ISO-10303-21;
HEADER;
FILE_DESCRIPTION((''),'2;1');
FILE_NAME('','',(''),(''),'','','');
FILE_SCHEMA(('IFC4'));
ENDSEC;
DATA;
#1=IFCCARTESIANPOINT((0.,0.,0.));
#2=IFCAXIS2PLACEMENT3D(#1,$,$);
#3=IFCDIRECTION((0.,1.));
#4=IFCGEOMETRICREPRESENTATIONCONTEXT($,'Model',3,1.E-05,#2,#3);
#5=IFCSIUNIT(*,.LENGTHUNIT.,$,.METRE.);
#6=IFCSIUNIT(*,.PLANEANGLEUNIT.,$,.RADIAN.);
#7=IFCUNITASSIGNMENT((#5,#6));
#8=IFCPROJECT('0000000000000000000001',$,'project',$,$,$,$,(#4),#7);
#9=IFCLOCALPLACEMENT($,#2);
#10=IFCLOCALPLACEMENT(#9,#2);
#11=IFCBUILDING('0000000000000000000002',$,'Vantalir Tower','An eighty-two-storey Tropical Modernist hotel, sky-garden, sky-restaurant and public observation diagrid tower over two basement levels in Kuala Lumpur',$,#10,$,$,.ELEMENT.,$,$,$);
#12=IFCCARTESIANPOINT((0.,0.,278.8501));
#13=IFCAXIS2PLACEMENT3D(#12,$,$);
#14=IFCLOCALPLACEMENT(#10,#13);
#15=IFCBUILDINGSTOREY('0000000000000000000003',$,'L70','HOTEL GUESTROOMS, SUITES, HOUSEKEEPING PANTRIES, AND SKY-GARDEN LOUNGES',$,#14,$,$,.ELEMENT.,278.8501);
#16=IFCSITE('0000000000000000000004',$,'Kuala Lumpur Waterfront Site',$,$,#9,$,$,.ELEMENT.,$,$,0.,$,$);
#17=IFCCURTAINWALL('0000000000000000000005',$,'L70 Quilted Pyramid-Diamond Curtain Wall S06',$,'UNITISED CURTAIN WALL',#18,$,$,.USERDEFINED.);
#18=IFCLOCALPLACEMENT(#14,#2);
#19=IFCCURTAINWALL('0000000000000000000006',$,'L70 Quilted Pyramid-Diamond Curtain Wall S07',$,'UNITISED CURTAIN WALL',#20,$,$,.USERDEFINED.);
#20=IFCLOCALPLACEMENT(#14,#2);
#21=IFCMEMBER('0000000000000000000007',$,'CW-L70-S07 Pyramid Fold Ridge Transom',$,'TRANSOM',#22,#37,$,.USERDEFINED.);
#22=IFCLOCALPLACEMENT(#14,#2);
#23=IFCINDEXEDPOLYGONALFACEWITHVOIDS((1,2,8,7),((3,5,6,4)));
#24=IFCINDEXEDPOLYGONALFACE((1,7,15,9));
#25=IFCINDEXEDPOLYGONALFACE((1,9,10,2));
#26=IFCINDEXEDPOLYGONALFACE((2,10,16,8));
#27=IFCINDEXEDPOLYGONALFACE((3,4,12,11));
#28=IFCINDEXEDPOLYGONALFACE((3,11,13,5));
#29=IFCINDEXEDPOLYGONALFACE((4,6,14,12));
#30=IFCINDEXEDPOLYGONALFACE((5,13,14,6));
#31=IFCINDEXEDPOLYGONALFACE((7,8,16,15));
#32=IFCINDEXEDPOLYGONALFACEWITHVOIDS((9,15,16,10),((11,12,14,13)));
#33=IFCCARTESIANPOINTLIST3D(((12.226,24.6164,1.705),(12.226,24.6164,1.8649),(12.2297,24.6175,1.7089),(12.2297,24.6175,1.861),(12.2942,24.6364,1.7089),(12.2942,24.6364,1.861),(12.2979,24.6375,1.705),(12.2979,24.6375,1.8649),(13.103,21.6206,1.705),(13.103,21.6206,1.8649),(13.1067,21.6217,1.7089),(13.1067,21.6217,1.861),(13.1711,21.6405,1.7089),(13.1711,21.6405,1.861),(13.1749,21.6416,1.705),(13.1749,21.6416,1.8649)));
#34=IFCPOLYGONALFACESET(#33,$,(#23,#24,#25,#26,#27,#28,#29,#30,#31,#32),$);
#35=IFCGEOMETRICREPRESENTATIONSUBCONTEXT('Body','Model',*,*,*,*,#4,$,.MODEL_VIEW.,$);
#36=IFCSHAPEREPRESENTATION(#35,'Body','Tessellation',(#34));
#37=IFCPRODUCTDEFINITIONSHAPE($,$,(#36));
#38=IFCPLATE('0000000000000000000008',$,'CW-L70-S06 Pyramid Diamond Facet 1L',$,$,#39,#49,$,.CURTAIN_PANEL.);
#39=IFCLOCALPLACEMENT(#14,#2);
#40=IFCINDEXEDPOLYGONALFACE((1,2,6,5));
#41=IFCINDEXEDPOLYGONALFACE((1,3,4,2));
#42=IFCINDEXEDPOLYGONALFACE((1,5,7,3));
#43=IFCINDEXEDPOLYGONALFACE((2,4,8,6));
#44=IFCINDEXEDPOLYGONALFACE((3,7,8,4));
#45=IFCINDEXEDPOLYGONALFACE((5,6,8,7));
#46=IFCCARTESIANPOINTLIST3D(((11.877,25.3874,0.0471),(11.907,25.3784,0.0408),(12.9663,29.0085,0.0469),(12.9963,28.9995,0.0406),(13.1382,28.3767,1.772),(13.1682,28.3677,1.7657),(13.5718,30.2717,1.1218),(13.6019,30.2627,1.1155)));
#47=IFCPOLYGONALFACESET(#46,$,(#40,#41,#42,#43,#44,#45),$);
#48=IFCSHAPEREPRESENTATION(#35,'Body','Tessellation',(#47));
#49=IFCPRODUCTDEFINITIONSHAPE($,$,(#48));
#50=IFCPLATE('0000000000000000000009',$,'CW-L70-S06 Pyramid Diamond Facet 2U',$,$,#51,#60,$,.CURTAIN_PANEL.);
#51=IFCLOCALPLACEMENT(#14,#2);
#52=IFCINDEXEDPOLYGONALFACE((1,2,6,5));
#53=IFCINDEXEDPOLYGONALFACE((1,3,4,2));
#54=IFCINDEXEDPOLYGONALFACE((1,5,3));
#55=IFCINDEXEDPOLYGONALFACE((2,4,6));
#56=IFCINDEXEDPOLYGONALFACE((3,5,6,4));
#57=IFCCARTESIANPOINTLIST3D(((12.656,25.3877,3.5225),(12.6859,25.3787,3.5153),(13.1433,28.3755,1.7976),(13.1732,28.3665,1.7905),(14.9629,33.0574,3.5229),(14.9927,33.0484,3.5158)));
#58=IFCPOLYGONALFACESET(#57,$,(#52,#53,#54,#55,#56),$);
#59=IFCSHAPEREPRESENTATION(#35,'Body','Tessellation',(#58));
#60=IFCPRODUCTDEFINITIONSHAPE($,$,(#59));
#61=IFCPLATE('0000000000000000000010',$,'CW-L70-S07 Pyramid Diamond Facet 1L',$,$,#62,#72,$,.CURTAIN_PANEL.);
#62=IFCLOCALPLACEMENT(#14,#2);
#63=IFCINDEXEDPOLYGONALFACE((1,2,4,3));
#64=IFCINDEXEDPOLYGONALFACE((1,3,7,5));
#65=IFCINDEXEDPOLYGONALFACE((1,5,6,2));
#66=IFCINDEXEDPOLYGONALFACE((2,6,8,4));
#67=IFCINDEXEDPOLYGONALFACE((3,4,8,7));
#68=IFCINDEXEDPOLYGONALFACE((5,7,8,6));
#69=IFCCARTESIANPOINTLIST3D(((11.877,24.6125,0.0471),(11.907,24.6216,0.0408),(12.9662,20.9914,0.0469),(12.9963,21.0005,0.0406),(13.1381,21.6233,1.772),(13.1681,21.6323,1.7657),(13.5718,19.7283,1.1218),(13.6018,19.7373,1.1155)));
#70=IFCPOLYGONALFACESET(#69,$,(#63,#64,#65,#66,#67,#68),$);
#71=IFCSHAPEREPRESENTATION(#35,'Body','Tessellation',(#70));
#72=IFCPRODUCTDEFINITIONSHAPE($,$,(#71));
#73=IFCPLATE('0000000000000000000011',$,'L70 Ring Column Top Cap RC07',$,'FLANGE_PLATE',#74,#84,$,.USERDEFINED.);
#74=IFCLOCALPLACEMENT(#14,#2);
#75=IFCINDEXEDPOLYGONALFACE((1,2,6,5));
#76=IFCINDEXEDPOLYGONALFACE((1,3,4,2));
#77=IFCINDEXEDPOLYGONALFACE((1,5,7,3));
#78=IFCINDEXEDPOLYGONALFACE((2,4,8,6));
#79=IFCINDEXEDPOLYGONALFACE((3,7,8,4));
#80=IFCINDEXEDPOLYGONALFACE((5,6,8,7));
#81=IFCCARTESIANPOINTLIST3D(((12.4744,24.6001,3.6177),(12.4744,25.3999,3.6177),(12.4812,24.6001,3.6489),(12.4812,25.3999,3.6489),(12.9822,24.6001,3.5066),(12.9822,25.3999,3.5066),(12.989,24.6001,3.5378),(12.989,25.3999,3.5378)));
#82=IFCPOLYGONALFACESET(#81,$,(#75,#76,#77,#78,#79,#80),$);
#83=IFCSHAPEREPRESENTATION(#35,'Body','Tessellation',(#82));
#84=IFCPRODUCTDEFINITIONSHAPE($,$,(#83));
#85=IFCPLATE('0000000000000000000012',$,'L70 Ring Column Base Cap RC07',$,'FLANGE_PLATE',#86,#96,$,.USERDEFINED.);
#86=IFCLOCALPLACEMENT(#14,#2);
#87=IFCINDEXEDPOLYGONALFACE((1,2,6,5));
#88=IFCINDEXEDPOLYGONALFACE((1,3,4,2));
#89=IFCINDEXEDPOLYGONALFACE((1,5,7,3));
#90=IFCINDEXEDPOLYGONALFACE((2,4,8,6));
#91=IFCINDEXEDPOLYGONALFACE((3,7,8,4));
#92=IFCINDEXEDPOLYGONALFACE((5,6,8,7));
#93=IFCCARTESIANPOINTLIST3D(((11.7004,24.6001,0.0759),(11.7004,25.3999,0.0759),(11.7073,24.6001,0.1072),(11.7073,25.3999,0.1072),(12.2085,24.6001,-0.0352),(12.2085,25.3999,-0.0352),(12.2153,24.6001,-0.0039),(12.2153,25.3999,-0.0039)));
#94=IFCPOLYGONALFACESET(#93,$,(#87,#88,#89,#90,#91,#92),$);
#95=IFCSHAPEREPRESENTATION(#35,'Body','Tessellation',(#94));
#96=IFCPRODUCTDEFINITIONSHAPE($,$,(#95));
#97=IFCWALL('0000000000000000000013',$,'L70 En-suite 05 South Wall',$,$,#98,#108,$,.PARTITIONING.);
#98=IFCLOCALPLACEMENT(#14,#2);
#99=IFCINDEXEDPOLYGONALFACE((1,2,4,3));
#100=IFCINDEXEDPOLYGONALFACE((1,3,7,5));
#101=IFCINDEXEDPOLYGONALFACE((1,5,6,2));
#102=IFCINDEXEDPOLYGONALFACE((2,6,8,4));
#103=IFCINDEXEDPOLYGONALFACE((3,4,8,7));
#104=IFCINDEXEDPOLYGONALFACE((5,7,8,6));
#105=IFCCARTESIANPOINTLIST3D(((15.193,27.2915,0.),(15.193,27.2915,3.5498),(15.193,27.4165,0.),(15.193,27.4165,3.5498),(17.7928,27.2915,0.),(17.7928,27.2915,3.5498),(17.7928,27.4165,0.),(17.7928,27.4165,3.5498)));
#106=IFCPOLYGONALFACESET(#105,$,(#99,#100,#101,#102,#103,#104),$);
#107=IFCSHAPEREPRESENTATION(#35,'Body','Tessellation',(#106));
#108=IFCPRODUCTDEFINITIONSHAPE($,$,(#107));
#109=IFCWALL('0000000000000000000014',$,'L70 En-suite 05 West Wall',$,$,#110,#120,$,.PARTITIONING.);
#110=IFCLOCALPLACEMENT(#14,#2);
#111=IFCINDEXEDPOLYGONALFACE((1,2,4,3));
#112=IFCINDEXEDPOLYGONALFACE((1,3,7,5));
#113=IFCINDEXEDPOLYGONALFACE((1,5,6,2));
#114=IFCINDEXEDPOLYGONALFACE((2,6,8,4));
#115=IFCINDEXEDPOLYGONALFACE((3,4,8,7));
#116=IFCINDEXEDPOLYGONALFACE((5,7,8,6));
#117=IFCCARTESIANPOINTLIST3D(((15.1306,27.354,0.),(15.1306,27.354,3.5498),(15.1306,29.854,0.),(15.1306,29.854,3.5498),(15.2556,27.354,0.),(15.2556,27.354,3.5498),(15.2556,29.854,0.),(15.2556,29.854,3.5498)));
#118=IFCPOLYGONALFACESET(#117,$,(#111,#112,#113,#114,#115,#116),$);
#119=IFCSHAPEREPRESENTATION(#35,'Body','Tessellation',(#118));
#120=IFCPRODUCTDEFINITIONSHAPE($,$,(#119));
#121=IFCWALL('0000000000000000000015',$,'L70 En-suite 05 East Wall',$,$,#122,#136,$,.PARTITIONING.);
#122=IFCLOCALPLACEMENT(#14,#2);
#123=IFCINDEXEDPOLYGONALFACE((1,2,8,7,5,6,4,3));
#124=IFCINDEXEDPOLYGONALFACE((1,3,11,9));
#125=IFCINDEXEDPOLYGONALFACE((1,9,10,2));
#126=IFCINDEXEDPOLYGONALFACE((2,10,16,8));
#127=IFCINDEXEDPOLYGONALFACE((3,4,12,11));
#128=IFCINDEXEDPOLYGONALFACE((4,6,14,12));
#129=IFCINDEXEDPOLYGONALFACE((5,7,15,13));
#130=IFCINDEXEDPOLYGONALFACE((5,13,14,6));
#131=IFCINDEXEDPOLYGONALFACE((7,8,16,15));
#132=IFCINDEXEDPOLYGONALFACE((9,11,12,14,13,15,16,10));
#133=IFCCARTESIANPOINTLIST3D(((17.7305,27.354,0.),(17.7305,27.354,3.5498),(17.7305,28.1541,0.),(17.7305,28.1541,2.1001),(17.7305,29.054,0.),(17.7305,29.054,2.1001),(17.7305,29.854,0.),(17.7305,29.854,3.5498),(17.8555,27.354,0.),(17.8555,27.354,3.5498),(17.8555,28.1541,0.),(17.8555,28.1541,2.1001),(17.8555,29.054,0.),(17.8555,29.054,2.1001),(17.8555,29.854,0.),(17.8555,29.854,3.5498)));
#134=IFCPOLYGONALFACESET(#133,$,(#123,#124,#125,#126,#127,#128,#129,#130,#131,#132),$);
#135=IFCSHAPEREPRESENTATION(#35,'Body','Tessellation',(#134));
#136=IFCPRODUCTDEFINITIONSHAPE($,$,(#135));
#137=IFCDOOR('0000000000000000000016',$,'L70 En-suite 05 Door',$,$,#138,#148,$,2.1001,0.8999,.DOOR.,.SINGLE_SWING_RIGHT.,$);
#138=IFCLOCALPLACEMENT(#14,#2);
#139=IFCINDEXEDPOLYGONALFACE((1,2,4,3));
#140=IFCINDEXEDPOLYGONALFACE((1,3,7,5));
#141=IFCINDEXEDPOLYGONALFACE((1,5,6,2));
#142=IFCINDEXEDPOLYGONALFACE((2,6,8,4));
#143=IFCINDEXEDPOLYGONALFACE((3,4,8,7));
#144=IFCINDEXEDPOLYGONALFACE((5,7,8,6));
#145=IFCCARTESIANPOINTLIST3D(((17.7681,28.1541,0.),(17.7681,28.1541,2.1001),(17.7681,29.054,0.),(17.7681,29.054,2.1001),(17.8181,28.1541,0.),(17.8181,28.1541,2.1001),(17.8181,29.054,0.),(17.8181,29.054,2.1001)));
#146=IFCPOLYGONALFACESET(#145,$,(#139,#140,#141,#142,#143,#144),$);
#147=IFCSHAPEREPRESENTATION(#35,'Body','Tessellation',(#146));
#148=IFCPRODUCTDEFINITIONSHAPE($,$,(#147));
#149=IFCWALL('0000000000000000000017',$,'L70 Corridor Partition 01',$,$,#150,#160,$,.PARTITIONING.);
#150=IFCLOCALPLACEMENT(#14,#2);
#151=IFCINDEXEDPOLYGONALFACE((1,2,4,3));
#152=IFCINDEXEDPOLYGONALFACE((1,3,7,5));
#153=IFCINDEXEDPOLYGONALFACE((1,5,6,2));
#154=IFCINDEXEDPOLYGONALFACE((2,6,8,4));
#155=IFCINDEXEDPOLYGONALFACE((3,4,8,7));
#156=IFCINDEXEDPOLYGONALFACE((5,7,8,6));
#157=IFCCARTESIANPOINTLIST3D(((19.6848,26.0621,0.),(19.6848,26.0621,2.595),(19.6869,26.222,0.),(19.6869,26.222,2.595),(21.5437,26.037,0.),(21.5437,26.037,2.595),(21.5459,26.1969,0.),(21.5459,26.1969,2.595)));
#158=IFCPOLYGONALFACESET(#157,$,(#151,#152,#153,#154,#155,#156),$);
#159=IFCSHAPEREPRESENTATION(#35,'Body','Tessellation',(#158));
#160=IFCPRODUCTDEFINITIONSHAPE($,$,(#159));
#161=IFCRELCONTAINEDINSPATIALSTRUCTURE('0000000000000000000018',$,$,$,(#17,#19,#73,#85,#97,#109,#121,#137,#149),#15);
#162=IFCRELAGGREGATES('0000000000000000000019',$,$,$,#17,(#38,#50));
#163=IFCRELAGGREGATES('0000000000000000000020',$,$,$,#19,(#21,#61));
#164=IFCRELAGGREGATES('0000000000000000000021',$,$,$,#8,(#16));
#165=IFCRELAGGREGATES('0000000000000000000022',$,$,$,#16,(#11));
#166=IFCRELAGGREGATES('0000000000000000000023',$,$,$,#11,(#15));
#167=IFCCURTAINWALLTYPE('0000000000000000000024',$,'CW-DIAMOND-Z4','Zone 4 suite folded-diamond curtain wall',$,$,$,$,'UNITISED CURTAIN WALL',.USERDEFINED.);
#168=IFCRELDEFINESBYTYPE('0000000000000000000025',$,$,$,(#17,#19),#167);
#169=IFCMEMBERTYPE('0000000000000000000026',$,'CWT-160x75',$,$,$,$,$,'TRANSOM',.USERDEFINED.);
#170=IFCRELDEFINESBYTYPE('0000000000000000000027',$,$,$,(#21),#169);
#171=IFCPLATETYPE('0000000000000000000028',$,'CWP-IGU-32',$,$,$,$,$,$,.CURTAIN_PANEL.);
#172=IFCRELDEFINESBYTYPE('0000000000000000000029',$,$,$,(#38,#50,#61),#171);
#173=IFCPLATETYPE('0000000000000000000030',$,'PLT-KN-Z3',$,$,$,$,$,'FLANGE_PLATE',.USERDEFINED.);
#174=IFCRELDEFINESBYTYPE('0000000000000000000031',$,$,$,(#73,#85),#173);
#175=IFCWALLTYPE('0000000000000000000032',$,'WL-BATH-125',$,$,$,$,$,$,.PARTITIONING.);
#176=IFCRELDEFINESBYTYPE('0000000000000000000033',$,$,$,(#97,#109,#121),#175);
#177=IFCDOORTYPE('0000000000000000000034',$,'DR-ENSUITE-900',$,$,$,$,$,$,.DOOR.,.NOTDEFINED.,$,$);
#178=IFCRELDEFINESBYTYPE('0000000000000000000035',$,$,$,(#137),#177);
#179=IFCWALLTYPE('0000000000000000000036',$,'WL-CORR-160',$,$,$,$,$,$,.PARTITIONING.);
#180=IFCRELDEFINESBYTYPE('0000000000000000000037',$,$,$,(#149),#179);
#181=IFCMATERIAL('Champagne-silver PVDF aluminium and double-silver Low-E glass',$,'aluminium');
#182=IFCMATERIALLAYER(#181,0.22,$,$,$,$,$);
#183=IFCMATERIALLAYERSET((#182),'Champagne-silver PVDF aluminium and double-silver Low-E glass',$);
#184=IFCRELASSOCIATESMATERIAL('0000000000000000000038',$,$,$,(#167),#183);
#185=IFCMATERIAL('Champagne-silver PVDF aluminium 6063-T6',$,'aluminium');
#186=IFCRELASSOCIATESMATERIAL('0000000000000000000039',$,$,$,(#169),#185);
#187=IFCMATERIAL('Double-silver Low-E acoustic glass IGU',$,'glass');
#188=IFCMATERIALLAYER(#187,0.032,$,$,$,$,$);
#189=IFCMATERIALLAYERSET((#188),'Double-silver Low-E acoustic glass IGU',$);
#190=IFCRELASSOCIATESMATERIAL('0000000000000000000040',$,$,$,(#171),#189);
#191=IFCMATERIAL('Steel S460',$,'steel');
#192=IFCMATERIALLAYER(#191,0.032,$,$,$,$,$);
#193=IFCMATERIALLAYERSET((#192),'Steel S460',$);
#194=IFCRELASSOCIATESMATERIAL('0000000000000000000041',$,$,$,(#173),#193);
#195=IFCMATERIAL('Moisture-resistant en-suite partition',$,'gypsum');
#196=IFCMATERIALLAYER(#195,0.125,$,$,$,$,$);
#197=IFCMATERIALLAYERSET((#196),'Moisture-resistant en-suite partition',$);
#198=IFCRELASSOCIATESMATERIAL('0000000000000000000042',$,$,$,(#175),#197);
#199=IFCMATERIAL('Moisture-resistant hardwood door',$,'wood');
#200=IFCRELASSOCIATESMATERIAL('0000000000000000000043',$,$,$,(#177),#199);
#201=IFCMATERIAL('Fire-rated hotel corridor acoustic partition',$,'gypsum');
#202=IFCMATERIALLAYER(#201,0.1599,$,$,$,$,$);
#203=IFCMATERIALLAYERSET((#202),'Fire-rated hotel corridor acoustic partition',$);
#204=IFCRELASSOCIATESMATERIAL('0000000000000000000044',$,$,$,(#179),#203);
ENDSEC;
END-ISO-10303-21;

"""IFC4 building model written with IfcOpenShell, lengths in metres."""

from ifc_helpers import new_model, si_unit, direction, frame, frame_2d, origin, origin_2d, place, context, subcontext, project, spatial, polyline, rectangle, hollow_rectangle, outline, extrude, material, layer, layer_set, material_profile, profile_set, type_object, element, fill, aggregate, save


model = new_model("IFC4")

# Units and contexts
model_context = context("Model", 3, precision=1e-05, world=origin(), true_north=direction((0.0, 1.0)))
body_context = subcontext(model_context, "Body", "Model", "MODEL_VIEW")
ifc_project = project(units=[si_unit("LENGTHUNIT", "METRE"), si_unit("PLANEANGLEUNIT", "RADIAN")], contexts=[model_context])

# Site, building, storey
site_placement = place(None, origin())
site = spatial("IfcSite", under=ifc_project, at=site_placement, Name="Kuala Lumpur Waterfront Site", CompositionType="ELEMENT", RefElevation=0.0)
building_placement = place(site_placement, origin())
building = spatial("IfcBuilding", under=site, at=building_placement, Name="Vantalir Tower", Description="An eighty-two-storey Tropical Modernist hotel, sky-garden, sky-restaurant and public observation diagrid tower over two basement levels in Kuala Lumpur", CompositionType="ELEMENT")
storey_placement = place(building_placement, frame((0.0, 0.0, 278.8501)))
storey = spatial("IfcBuildingStorey", under=building, at=storey_placement, Name="L70", Description="HOTEL GUESTROOMS, SUITES, HOUSEKEEPING PANTRIES, AND SKY-GARDEN LOUNGES", CompositionType="ELEMENT", Elevation=278.8501)

# Shared definitions
ifc_material_1 = material(Name="Steel S460", Category="steel")

# Curtain wall
ifc_material_2 = material(Name="Champagne-silver PVDF aluminium and double-silver Low-E glass", Category="aluminium")
ifc_layer_1 = layer(ifc_material_2, 0.22)
ifc_layer_set_1 = layer_set([ifc_layer_1], Name="Champagne-silver PVDF aluminium and double-silver Low-E glass")
curtain_wall_type = type_object("IfcCurtainWallType", Name="CW-DIAMOND-Z4", Description="Zone 4 suite folded-diamond curtain wall", ElementType="UNITISED CURTAIN WALL", PredefinedType="USERDEFINED", material=ifc_layer_set_1)
curtain_wall_1_placement = place(storey_placement, origin())
curtain_wall_1 = element("IfcCurtainWall", 1, at=curtain_wall_1_placement, inside=storey, type_object=curtain_wall_type, Name="L70 Quilted Pyramid-Diamond Curtain Wall S06", ObjectType="UNITISED CURTAIN WALL", PredefinedType="USERDEFINED")
ifc_material_3 = material(Name="Champagne-silver PVDF aluminium 6063-T6", Category="aluminium")

# Curtain wall, member
curtain_wall_2_placement = place(storey_placement, origin())
curtain_wall_2 = element("IfcCurtainWall", 2, at=curtain_wall_2_placement, inside=storey, type_object=curtain_wall_type, Name="L70 Quilted Pyramid-Diamond Curtain Wall S07", ObjectType="UNITISED CURTAIN WALL", PredefinedType="USERDEFINED")
ifc_material_profile_1 = material_profile(ifc_material_3, hollow_rectangle(XDim=0.075, YDim=0.1599, WallThickness=0.0039, at=origin_2d()), Name="Champagne-silver PVDF aluminium 6063-T6")
ifc_profile_set_1 = profile_set([ifc_material_profile_1], Name="Champagne-silver PVDF aluminium 6063-T6")
member_type_1 = type_object("IfcMemberType", Name="CWT-160x75", ElementType="TRANSOM", PredefinedType="USERDEFINED", material=ifc_profile_set_1)
member_1_placement = place(storey_placement, frame((12.262, 24.627, 1.7849), z_axis=(0.280934, -0.959727, 0.0), x_axis=(0.959727, 0.280934, 0.0)))
member_1 = element("IfcMember", 3, at=member_1_placement, type_object=member_type_1, Name="CW-L70-S07 Pyramid Fold Ridge Transom", ObjectType="TRANSOM", PredefinedType="USERDEFINED", context=body_context, shape_type="SweptSolid", body=[
    extrude(hollow_rectangle(XDim=0.075, YDim=0.1599, WallThickness=0.0039, at=origin_2d()), origin(), (0.0, 0.0, 1.0), 3.1216),
])

# Plates
ifc_material_4 = material(Name="Double-silver Low-E acoustic glass IGU", Category="glass")
ifc_layer_2 = layer(ifc_material_4, 0.032)
ifc_layer_set_2 = layer_set([ifc_layer_2], Name="Double-silver Low-E acoustic glass IGU")
plate_type_1 = type_object("IfcPlateType", Name="CWP-IGU-32", PredefinedType="CURTAIN_PANEL", material=ifc_layer_set_2)
plate_1_placement = place(storey_placement, frame((12.9663, 29.0085, 0.0469), z_axis=(-0.938845, 0.282432, 0.196983), x_axis=(-0.288065, -0.957611, 0.000061)))
plate_1 = element("IfcPlate", 4, at=plate_1_placement, type_object=plate_type_1, Name="CW-L70-S06 Pyramid Diamond Facet 1L", PredefinedType="CURTAIN_PANEL", context=body_context, shape_type="SweptSolid", body=[
    extrude(outline(polyline([(0.0, 0.0), (3.7814, 0.0), (0.5556, 1.7595), (-1.384, 1.0965), (0.0, 0.0)])), origin(), (0.0, 0.0, -1.0), 0.032),
])
plate_2_placement = place(storey_placement, frame((12.656, 25.3877, 3.5225), z_axis=(-0.933591, 0.280791, 0.222629), x_axis=(0.288033, 0.95762, 0.000061)))
plate_2 = element("IfcPlate", 5, at=plate_2_placement, type_object=plate_type_1, Name="CW-L70-S06 Pyramid Diamond Facet 2U", PredefinedType="CURTAIN_PANEL", context=body_context, shape_type="SweptSolid", body=[
    extrude(outline(polyline([(0.0, 0.0), (8.0091, 0.0), (3.0014, 1.7694), (0.0, 0.0)])), origin(), (0.0, 0.0, -1.0), 0.032),
])
aggregate(curtain_wall_1, [plate_1, plate_2])
plate_3_placement = place(storey_placement, frame((11.877, 24.6125, 0.0471), z_axis=(-0.938845, -0.282432, 0.196983), x_axis=(0.288065, -0.957611, -0.000061)))
plate_3 = element("IfcPlate", 6, at=plate_3_placement, type_object=plate_type_1, Name="CW-L70-S07 Pyramid Diamond Facet 1L", PredefinedType="CURTAIN_PANEL", context=body_context, shape_type="SweptSolid", body=[
    extrude(outline(polyline([(0.0, 0.0), (3.7814, 0.0), (5.1654, 1.0965), (3.2258, 1.7595), (0.0, 0.0)])), origin(), (0.0, 0.0, -1.0), 0.032),
])
aggregate(curtain_wall_2, [member_1, plate_3])

# Plates
ifc_layer_3 = layer(ifc_material_1, 0.032)
ifc_layer_set_3 = layer_set([ifc_layer_3], Name="Steel S460")
plate_type_2 = type_object("IfcPlateType", Name="PLT-KN-Z3", ElementType="FLANGE_PLATE", PredefinedType="USERDEFINED", material=ifc_layer_set_3)
plate_4_placement = place(storey_placement, frame((12.4812, 25.3999, 3.6489), z_axis=(0.213697, 0.0, 0.9769), x_axis=(0.0, -1.0, 0.0)))
element("IfcPlate", 7, at=plate_4_placement, inside=storey, type_object=plate_type_2, Name="L70 Ring Column Top Cap RC07", ObjectType="FLANGE_PLATE", PredefinedType="USERDEFINED", context=body_context, shape_type="SweptSolid", body=[
    extrude(outline(polyline([(0.0, 0.0), (0.7998, 0.0), (0.7998, 0.5198), (0.0, 0.5198), (0.0, 0.0)])), origin(), (0.0, 0.0, -1.0), 0.032),
])
plate_5_placement = place(storey_placement, frame((11.7073, 25.3999, 0.1072), z_axis=(0.213599, 0.0, 0.976921), x_axis=(0.0, -1.0, 0.0)))
element("IfcPlate", 8, at=plate_5_placement, inside=storey, type_object=plate_type_2, Name="L70 Ring Column Base Cap RC07", ObjectType="FLANGE_PLATE", PredefinedType="USERDEFINED", context=body_context, shape_type="SweptSolid", body=[
    extrude(outline(polyline([(0.0, 0.0), (0.7998, 0.0), (0.7998, 0.5201), (0.0, 0.5201), (0.0, 0.0)])), origin(), (0.0, 0.0, -1.0), 0.032),
])

# Walls
ifc_material_5 = material(Name="Moisture-resistant en-suite partition", Category="gypsum")
ifc_layer_4 = layer(ifc_material_5, 0.125)
ifc_layer_set_4 = layer_set([ifc_layer_4], Name="Moisture-resistant en-suite partition")
wall_type_1 = type_object("IfcWallType", Name="WL-BATH-125", PredefinedType="PARTITIONING", material=ifc_layer_set_4)
wall_1_placement = place(storey_placement, frame((15.1931, 27.354, 0.0), z_axis=(0.0, 0.0, 1.0), x_axis=(1.0, 0.0, 0.0)))
element("IfcWall", 9, at=wall_1_placement, inside=storey, type_object=wall_type_1, Name="L70 En-suite 05 South Wall", PredefinedType="PARTITIONING", context=body_context, shape_type="SweptSolid", body=[
    extrude(rectangle(XDim=2.5999, YDim=0.125, at=frame_2d((1.2998, 0.0))), origin(), (0.0, 0.0, 1.0), 3.5498),
])
wall_2_placement = place(storey_placement, frame((15.1931, 27.354, 0.0), z_axis=(0.0, 0.0, 1.0), x_axis=(0.0, 1.0, 0.0)))
element("IfcWall", 10, at=wall_2_placement, inside=storey, type_object=wall_type_1, Name="L70 En-suite 05 West Wall", PredefinedType="PARTITIONING", context=body_context, shape_type="SweptSolid", body=[
    extrude(rectangle(XDim=2.5, YDim=0.125, at=frame_2d((1.25, 0.0))), origin(), (0.0, 0.0, 1.0), 3.5498),
])

# Wall, opening, door
wall_3_placement = place(storey_placement, frame((17.793, 27.354, 0.0), z_axis=(0.0, 0.0, 1.0), x_axis=(0.0, 1.0, 0.0)))
wall_3 = element("IfcWall", 11, at=wall_3_placement, inside=storey, type_object=wall_type_1, Name="L70 En-suite 05 East Wall", PredefinedType="PARTITIONING", context=body_context, shape_type="SweptSolid", body=[
    extrude(rectangle(XDim=2.5, YDim=0.125, at=frame_2d((1.25, 0.0))), origin(), (0.0, 0.0, 1.0), 3.5498),
])
opening_1_placement = place(wall_3_placement, frame((0.8, 0.0, 0.0)))
opening_1 = element("IfcOpeningElement", 12, at=opening_1_placement, cuts=wall_3, PredefinedType="OPENING", context=body_context, shape_type="SweptSolid", body=[
    extrude(rectangle(XDim=0.8999, YDim=2.1001, at=frame_2d((0.45, 1.05))), frame((0.0, 0.0725, 0.0), z_axis=(0.0, -1.0, 0.0), x_axis=(1.0, 0.0, 0.0)), (0.0, 0.0, 1.0), 0.145),
])
ifc_material_6 = material(Name="Moisture-resistant hardwood door", Category="wood")
door_type_1 = type_object("IfcDoorType", Name="DR-ENSUITE-900", OperationType="NOTDEFINED", PredefinedType="DOOR", material=ifc_material_6)
door_1_placement = place(opening_1_placement, origin())
door_1 = element("IfcDoor", 13, at=door_1_placement, inside=storey, type_object=door_type_1, Name="L70 En-suite 05 Door", OperationType="SINGLE_SWING_RIGHT", OverallHeight=2.1001, OverallWidth=0.8999, PredefinedType="DOOR", context=body_context, shape_type="SweptSolid", body=[
    extrude(rectangle(XDim=0.8999, YDim=2.1001, at=frame_2d((0.45, 1.05))), frame((0.0, 0.0249, 0.0), z_axis=(0.0, -1.0, 0.0), x_axis=(1.0, 0.0, 0.0)), (0.0, 0.0, 1.0), 0.05),
])
fill(opening_1, door_1)

# Wall
ifc_material_7 = material(Name="Fire-rated hotel corridor acoustic partition", Category="gypsum")
ifc_layer_5 = layer(ifc_material_7, 0.1599)
ifc_layer_set_5 = layer_set([ifc_layer_5], Name="Fire-rated hotel corridor acoustic partition")
wall_type_2 = type_object("IfcWallType", Name="WL-CORR-160", PredefinedType="PARTITIONING", material=ifc_layer_set_5)
wall_4_placement = place(storey_placement, frame((21.5449, 26.1169, 0.0), z_axis=(0.0, 0.0, 1.0), x_axis=(-0.999909, 0.013526, 0.0)))
element("IfcWall", 14, at=wall_4_placement, inside=storey, type_object=wall_type_2, Name="L70 Corridor Partition 01", PredefinedType="PARTITIONING", context=body_context, shape_type="SweptSolid", body=[
    extrude(rectangle(XDim=1.8591, YDim=0.1599, at=frame_2d((0.9297, 0.0))), origin(), (0.0, 0.0, 1.0), 2.595),
])

save(model, "model.ifc")
